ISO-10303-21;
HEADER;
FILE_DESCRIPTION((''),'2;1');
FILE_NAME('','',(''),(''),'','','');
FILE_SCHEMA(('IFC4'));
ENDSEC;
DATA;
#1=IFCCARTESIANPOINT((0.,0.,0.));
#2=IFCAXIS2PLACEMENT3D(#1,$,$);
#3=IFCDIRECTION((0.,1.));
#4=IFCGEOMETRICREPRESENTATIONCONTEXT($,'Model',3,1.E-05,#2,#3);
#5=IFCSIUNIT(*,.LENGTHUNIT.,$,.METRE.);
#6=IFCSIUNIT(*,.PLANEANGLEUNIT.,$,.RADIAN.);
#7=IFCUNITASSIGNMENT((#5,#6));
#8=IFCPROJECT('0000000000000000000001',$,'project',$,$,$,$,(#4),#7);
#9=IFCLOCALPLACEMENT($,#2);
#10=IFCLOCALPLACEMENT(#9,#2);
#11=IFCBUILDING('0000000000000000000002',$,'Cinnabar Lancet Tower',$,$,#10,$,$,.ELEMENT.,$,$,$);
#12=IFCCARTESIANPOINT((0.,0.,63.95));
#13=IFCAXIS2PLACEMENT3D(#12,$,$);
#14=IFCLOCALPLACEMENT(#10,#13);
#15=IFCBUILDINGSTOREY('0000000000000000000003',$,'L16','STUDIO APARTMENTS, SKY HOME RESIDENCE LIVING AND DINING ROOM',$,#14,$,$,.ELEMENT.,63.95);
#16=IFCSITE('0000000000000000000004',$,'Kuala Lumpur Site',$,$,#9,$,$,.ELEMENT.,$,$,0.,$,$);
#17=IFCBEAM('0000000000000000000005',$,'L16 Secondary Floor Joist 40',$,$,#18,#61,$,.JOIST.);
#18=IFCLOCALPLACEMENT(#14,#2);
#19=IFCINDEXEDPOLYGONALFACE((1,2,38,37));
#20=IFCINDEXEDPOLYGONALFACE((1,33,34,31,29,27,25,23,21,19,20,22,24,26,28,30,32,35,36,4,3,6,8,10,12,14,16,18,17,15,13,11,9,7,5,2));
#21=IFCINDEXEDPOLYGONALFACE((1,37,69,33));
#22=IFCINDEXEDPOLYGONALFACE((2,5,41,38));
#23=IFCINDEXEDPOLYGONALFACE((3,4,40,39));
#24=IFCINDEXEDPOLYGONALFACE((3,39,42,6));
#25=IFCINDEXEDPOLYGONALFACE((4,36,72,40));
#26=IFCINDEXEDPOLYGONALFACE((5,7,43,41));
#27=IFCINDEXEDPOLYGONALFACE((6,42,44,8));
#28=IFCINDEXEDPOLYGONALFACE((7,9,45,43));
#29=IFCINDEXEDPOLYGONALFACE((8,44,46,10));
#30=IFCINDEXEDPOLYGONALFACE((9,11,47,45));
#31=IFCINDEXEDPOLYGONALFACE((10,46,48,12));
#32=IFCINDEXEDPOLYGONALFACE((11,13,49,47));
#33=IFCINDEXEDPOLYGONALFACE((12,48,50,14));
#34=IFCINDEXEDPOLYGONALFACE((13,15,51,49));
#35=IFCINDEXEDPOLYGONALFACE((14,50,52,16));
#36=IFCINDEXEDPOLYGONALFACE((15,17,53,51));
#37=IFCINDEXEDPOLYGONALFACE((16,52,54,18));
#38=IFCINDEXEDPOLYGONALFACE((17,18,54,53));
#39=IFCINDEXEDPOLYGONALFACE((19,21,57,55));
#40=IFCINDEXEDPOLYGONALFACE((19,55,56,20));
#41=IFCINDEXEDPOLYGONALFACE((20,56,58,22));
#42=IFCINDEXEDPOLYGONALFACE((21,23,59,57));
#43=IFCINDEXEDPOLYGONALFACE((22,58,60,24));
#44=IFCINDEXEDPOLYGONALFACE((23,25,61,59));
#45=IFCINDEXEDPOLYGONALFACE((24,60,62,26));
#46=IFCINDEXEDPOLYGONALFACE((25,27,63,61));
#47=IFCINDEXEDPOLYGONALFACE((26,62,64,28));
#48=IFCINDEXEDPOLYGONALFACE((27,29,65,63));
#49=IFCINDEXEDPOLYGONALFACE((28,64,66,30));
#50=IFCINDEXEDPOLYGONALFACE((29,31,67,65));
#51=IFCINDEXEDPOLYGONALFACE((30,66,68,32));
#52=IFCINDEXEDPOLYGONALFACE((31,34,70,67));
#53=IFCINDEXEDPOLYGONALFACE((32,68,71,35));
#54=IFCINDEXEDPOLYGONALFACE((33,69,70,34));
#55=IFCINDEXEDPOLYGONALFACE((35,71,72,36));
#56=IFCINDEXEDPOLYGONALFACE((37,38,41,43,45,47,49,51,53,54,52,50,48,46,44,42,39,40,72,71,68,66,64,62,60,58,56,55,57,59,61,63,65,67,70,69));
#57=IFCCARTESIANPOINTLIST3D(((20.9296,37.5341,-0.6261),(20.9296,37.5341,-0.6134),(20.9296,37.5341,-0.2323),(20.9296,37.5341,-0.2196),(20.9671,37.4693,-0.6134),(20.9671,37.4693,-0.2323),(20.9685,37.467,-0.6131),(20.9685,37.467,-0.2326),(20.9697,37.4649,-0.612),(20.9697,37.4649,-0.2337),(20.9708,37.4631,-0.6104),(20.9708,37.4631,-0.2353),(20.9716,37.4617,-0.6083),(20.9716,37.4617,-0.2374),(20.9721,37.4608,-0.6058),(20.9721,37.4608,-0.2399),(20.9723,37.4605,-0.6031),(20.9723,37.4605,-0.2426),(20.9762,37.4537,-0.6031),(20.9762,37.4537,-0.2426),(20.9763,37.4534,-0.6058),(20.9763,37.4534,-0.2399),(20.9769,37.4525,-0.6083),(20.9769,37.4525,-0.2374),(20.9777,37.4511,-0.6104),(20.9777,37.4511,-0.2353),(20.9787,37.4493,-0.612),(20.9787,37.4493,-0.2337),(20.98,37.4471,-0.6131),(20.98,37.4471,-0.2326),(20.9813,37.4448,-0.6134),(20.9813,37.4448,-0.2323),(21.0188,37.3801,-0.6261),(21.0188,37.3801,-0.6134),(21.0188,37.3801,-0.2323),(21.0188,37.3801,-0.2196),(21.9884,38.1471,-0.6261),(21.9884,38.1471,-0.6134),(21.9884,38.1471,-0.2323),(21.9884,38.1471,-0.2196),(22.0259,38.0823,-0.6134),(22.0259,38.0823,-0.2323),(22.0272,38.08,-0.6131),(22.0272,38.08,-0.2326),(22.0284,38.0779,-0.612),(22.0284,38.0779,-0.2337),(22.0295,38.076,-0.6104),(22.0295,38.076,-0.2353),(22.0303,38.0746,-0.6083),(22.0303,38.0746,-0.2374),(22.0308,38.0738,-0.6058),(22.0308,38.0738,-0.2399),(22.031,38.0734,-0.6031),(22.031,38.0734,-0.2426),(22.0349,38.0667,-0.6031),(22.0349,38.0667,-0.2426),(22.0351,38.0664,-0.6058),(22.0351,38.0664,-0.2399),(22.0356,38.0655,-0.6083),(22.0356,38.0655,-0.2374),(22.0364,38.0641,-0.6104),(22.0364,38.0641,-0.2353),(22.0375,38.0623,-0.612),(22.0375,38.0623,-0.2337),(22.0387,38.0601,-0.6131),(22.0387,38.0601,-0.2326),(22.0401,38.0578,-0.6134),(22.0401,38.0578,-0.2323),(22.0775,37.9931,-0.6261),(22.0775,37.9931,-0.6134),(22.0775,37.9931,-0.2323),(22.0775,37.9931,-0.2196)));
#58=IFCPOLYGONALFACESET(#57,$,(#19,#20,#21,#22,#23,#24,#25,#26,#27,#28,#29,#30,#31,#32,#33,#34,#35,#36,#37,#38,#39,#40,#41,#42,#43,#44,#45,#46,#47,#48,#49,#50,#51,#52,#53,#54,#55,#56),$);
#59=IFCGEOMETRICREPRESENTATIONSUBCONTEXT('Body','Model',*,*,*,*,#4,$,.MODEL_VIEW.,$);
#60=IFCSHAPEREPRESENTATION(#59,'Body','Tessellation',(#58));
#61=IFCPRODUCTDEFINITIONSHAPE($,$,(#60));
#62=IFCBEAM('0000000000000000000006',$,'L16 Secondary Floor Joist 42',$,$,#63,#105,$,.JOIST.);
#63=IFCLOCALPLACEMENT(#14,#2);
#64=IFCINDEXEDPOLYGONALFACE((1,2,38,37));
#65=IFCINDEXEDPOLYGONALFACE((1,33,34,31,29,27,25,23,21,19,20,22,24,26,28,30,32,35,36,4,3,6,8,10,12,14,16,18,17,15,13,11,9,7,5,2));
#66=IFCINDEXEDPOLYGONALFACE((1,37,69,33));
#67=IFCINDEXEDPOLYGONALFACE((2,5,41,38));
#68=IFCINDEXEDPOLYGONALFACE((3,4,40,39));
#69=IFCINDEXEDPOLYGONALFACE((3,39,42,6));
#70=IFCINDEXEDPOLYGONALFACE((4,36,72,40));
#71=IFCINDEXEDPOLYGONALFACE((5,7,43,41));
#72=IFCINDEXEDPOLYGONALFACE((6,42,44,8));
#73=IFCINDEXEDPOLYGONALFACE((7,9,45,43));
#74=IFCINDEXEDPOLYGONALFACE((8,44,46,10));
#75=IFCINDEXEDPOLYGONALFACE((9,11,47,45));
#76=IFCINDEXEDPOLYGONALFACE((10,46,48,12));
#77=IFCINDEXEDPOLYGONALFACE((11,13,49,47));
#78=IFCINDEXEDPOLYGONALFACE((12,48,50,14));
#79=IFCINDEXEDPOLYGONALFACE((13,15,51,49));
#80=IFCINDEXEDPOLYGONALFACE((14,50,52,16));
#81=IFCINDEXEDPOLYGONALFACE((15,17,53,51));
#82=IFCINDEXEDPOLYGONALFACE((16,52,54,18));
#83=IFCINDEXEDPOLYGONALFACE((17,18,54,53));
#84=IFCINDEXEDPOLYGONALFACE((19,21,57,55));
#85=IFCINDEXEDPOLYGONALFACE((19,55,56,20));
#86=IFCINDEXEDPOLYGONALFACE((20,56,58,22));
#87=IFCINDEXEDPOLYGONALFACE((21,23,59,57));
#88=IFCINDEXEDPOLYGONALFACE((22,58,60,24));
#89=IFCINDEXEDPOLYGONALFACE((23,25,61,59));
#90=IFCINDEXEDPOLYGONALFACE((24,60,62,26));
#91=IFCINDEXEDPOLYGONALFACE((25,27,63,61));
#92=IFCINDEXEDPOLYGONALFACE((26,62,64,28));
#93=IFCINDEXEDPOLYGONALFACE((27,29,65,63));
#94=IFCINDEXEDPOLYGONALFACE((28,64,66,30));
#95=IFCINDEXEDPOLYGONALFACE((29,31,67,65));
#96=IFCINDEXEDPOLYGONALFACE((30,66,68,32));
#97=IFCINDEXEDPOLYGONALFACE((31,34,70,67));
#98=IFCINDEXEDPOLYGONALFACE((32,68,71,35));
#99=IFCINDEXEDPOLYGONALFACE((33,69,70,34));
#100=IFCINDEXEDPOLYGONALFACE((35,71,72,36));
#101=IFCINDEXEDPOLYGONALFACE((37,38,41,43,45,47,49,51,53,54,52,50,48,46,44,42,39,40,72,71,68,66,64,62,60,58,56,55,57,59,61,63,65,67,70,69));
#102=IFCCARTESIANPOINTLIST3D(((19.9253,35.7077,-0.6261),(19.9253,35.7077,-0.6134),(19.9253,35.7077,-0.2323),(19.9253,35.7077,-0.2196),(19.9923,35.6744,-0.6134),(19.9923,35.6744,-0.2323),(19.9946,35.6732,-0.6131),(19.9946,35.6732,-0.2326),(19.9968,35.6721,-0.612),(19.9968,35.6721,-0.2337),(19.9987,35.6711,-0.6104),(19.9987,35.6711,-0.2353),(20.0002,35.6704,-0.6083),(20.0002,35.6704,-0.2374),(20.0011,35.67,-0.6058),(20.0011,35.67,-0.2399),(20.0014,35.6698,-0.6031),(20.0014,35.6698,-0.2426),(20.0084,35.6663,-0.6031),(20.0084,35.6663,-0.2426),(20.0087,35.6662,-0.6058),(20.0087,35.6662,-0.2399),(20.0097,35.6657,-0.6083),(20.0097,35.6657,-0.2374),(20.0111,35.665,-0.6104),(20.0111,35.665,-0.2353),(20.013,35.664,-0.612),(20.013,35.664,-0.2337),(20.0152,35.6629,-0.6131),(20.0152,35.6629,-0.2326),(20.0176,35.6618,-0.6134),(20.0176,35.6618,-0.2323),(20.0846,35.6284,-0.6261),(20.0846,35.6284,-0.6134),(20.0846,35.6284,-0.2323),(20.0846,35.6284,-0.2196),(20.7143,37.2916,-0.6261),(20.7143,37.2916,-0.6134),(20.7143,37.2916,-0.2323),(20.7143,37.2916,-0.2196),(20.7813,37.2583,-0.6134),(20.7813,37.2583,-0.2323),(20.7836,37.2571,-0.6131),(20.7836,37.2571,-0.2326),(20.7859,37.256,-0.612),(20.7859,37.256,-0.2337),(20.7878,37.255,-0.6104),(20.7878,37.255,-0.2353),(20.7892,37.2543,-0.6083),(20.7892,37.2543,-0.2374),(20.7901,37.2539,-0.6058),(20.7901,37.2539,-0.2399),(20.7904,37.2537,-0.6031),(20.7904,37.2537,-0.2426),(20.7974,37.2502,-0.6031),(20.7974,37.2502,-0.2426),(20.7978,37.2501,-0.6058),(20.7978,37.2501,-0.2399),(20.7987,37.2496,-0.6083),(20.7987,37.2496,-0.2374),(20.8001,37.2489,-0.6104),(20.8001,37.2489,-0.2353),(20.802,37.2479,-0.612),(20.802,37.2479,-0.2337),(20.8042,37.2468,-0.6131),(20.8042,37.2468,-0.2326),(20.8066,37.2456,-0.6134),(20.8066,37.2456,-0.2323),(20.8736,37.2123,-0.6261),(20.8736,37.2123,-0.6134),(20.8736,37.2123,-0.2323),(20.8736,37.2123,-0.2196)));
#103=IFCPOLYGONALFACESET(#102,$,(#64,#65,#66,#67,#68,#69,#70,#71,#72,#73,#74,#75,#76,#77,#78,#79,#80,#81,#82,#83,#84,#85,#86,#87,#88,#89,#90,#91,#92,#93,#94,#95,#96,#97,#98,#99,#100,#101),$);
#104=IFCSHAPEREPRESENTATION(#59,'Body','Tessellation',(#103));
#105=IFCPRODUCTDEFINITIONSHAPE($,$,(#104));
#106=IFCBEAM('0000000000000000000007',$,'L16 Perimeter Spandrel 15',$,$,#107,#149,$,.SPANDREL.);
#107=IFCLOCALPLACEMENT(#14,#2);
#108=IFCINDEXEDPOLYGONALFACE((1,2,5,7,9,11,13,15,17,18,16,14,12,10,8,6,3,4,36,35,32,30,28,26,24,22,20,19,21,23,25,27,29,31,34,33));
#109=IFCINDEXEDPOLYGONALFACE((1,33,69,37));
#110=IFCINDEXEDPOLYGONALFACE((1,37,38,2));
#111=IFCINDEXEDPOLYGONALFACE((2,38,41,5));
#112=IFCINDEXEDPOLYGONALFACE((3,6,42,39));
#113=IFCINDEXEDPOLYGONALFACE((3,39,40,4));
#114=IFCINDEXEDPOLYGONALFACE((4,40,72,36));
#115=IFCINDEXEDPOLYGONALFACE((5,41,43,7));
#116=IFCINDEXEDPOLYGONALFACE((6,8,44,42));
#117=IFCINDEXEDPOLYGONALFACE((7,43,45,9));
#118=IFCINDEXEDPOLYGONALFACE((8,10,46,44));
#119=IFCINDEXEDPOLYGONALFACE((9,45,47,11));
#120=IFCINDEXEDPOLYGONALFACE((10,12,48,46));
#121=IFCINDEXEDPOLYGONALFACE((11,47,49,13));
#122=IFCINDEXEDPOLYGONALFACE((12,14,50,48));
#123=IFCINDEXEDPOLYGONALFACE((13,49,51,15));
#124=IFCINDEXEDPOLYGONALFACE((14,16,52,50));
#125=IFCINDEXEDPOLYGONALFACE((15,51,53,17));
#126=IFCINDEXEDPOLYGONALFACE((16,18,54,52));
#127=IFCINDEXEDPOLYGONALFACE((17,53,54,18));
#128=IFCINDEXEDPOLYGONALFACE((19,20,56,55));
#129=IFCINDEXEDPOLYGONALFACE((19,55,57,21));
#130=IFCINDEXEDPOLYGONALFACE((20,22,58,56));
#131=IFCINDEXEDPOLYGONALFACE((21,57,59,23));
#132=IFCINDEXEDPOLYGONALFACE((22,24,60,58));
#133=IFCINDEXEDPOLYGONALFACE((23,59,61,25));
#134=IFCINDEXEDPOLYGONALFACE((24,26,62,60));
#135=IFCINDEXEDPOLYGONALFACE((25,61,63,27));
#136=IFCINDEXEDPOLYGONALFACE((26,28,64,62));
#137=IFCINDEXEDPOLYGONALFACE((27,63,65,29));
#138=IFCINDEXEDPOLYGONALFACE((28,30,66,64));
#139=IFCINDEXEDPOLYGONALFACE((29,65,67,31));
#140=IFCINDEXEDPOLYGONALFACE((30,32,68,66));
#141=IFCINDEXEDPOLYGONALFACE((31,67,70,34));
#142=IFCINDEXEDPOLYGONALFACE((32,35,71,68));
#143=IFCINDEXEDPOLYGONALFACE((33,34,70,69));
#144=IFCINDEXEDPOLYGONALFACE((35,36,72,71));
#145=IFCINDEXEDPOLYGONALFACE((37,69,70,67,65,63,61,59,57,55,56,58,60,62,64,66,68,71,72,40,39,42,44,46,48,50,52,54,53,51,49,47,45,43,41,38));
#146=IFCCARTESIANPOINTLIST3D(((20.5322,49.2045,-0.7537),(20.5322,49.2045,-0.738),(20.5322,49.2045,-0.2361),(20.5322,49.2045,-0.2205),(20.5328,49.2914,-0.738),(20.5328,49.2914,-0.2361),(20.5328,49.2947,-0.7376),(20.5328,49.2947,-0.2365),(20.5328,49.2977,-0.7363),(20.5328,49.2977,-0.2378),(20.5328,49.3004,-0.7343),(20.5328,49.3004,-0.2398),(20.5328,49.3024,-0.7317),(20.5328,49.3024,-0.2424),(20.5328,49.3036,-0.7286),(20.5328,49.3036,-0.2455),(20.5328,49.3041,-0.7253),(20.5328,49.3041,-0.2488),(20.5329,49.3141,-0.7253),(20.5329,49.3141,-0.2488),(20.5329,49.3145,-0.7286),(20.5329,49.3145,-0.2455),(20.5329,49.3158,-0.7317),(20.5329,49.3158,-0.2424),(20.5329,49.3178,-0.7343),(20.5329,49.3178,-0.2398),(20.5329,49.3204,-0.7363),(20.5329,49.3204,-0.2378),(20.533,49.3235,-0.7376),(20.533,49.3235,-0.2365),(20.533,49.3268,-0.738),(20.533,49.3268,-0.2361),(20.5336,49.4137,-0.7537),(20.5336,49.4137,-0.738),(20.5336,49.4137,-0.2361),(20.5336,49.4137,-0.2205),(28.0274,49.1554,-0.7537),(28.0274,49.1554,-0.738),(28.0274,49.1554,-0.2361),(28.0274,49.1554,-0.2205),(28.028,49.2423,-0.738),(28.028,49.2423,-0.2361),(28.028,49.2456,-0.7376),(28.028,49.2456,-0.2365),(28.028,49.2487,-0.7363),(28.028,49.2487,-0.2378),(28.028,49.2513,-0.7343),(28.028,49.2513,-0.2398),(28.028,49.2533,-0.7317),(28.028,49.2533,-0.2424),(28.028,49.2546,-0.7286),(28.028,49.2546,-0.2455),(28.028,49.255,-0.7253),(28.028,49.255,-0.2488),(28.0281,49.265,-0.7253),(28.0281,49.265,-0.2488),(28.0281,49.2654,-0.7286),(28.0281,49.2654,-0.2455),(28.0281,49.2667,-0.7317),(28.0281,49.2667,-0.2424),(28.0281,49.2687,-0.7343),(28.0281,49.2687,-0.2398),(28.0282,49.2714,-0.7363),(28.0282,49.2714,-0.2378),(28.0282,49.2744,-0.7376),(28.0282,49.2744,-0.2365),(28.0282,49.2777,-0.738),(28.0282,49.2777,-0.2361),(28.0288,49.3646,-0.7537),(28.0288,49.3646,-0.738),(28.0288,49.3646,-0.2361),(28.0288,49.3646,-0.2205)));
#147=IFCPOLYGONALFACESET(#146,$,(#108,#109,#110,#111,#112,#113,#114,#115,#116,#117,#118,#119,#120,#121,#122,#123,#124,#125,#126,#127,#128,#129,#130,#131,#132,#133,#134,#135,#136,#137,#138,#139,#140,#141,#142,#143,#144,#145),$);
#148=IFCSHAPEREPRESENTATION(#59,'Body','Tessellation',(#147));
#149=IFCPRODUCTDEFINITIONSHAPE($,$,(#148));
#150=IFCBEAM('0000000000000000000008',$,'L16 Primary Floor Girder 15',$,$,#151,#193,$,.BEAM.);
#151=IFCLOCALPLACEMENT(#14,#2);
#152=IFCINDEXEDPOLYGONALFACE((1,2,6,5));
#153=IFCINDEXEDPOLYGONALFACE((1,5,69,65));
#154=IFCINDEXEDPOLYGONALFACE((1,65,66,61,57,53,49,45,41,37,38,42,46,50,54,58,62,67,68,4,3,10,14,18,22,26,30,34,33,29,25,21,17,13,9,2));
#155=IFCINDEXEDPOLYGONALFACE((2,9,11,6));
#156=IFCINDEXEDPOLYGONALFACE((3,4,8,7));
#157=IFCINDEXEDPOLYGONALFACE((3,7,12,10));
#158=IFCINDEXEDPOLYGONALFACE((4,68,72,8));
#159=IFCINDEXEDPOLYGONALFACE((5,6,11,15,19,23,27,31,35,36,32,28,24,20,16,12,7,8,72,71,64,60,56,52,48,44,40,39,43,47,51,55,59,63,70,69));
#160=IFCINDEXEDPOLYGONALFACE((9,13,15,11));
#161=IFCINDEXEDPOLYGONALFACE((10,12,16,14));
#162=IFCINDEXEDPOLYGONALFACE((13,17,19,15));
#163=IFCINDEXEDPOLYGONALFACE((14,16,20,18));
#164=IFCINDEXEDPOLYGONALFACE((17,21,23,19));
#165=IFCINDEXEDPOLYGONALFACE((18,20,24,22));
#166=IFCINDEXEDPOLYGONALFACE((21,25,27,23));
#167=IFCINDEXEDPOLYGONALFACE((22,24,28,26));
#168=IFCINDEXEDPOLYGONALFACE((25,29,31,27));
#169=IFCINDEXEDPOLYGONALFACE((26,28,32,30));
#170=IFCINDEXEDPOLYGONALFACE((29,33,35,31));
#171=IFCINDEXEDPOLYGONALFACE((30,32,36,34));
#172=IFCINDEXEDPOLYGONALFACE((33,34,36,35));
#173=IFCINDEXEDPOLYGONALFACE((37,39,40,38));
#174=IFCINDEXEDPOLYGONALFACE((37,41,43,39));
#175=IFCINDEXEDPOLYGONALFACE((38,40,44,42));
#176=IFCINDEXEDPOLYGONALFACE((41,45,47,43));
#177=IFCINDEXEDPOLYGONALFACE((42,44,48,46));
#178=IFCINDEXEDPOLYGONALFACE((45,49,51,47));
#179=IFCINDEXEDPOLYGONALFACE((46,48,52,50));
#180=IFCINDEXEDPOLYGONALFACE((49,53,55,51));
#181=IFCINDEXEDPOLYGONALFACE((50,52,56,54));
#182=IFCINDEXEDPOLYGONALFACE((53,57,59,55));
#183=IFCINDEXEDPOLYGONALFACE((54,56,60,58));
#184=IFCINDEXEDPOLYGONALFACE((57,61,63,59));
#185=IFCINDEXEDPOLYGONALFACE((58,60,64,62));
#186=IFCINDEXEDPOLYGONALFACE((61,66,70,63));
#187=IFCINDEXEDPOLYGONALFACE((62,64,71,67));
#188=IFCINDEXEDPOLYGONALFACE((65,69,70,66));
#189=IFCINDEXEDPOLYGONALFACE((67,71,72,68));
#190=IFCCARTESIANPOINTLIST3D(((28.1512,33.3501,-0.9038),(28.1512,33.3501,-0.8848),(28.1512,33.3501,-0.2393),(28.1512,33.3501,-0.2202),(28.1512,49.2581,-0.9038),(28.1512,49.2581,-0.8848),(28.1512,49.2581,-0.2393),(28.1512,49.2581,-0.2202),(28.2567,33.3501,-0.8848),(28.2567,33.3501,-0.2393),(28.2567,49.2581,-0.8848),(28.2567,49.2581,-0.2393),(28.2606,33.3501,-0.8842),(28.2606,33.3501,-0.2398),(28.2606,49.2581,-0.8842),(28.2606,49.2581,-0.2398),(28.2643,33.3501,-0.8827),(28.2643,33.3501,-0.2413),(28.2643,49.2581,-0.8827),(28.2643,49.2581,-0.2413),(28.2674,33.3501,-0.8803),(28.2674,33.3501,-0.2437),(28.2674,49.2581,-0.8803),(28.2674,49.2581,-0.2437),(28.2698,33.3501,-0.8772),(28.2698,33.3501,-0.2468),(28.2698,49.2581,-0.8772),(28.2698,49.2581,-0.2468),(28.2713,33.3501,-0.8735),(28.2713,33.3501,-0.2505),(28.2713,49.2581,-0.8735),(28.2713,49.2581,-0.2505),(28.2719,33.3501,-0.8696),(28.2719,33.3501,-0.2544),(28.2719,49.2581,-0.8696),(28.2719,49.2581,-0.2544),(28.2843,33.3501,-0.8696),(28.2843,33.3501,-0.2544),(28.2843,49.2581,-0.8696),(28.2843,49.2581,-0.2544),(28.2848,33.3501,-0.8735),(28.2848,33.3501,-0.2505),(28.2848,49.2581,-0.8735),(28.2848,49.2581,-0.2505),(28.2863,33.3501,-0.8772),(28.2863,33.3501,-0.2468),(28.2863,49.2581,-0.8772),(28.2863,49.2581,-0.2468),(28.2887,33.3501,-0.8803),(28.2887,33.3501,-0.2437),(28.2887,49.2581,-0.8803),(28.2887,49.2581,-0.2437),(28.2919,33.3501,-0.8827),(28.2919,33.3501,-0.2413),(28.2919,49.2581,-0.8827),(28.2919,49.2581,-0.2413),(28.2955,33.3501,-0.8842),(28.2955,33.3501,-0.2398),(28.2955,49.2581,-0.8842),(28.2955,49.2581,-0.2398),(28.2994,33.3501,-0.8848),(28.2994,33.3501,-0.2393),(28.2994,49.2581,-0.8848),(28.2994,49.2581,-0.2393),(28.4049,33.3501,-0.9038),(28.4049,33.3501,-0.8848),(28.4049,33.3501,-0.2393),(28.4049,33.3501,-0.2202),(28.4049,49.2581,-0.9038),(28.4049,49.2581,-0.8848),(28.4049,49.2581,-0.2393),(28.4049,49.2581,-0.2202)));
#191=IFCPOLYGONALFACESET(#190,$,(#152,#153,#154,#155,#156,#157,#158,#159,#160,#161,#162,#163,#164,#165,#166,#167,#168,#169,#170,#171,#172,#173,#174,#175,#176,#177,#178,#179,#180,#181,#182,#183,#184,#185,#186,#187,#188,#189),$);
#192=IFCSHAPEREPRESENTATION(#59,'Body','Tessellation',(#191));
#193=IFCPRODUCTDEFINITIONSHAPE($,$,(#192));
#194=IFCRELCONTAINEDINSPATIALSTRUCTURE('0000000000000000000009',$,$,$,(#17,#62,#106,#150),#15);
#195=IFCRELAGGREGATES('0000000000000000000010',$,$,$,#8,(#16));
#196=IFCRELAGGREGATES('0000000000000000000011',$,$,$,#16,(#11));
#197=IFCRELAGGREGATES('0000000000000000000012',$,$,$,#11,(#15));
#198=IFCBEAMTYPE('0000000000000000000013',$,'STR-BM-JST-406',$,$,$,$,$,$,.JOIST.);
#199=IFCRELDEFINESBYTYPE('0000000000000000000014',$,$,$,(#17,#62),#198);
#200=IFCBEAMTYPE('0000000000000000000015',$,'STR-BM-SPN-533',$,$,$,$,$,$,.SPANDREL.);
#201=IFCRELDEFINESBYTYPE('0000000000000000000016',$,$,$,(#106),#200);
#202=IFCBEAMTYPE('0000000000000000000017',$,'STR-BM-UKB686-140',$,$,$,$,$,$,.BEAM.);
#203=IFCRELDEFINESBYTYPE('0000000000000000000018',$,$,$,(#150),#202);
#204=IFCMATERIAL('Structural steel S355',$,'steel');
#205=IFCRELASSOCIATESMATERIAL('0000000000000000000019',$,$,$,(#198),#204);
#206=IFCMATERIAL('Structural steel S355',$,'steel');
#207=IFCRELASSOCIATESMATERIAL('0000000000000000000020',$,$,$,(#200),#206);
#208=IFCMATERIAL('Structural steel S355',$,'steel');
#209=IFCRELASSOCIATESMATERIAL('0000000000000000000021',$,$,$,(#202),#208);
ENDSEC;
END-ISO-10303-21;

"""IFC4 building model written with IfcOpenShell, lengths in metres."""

from ifc_helpers import new_model, si_unit, direction, frame, origin, origin_2d, place, context, subcontext, project, spatial, i_section, extrude, material, material_profile, profile_set, type_object, element, save


model = new_model("IFC4")

# Units and contexts
model_context = context("Model", 3, precision=1e-05, world=origin(), true_north=direction((0.0, 1.0)))
body_context = subcontext(model_context, "Body", "Model", "MODEL_VIEW")
ifc_project = project(units=[si_unit("LENGTHUNIT", "METRE"), si_unit("PLANEANGLEUNIT", "RADIAN")], contexts=[model_context])

# Site, building, storey
site_placement = place(None, origin())
site = spatial("IfcSite", under=ifc_project, at=site_placement, Name="Kuala Lumpur Site", CompositionType="ELEMENT", RefElevation=0.0)
building_placement = place(site_placement, origin())
building = spatial("IfcBuilding", under=site, at=building_placement, Name="Cinnabar Lancet Tower", CompositionType="ELEMENT")
storey_placement = place(building_placement, frame((0.0, 0.0, 63.95)))
storey = spatial("IfcBuildingStorey", under=building, at=storey_placement, Name="L16", Description="STUDIO APARTMENTS, SKY HOME RESIDENCE LIVING AND DINING ROOM", CompositionType="ELEMENT", Elevation=63.95)

# Beams
ifc_material_1 = material(Name="Structural steel S355", Category="steel")
ifc_material_profile_1 = material_profile(ifc_material_1, i_section(OverallWidth=0.178, OverallDepth=0.4065, WebThickness=0.0078, FlangeThickness=0.0127, FilletRadius=0.0103, at=origin_2d()), Name="UKB 406x178x60")
ifc_profile_set_1 = profile_set([ifc_material_profile_1], Name="Structural steel S355")
beam_type_1 = type_object("IfcBeamType", Name="STR-BM-JST-406", PredefinedType="JOIST", material=ifc_profile_set_1)
beam_1_placement = place(storey_placement, frame((22.033, 38.0701, -0.4229), z_axis=(-0.865417, -0.501052, 0.0), x_axis=(0.501052, -0.865417, 0.0)))
element("IfcBeam", 1, at=beam_1_placement, inside=storey, type_object=beam_type_1, Name="L16 Secondary Floor Joist 40", PredefinedType="JOIST", context=body_context, shape_type="SweptSolid", body=[
    extrude(i_section(OverallWidth=0.178, OverallDepth=0.4065, WebThickness=0.0078, FlangeThickness=0.0127, FilletRadius=0.0103, at=origin_2d()), origin(), (0.0, 0.0, 1.0), 1.2234),
])
beam_2_placement = place(storey_placement, frame((20.7939, 37.252, -0.4229), z_axis=(-0.445889, -0.895088, 0.0), x_axis=(0.895088, -0.445889, 0.0)))
element("IfcBeam", 2, at=beam_2_placement, inside=storey, type_object=beam_type_1, Name="L16 Secondary Floor Joist 42", PredefinedType="JOIST", context=body_context, shape_type="SweptSolid", body=[
    extrude(i_section(OverallWidth=0.178, OverallDepth=0.4065, WebThickness=0.0078, FlangeThickness=0.0127, FilletRadius=0.0103, at=origin_2d()), origin(), (0.0, 0.0, 1.0), 1.7695),
])
ifc_material_2 = material(Name="Structural steel S355", Category="steel")
ifc_material_profile_2 = material_profile(ifc_material_2, i_section(OverallWidth=0.2092, OverallDepth=0.5332, WebThickness=0.01, FlangeThickness=0.0156, FilletRadius=0.0127, at=origin_2d()), Name="UKB 533x210x92")
ifc_profile_set_2 = profile_set([ifc_material_profile_2], Name="Structural steel S355")
beam_type_2 = type_object("IfcBeamType", Name="STR-BM-SPN-533", PredefinedType="SPANDREL", material=ifc_profile_set_2)
beam_3_placement = place(storey_placement, frame((28.0281, 49.26, -0.4871), z_axis=(-0.999979, 0.006547, 0.0), x_axis=(-0.006547, -0.999979, 0.0)))
element("IfcBeam", 3, at=beam_3_placement, inside=storey, type_object=beam_type_2, Name="L16 Perimeter Spandrel 15", PredefinedType="SPANDREL", context=body_context, shape_type="SweptSolid", body=[
    extrude(i_section(OverallWidth=0.2092, OverallDepth=0.5332, WebThickness=0.01, FlangeThickness=0.0156, FilletRadius=0.0127, at=origin_2d()), origin(), (0.0, 0.0, 1.0), 7.4954),
])
ifc_material_3 = material(Name="Structural steel S355", Category="steel")
ifc_material_profile_3 = material_profile(ifc_material_3, i_section(OverallWidth=0.2537, OverallDepth=0.6836, WebThickness=0.0125, FlangeThickness=0.019, FilletRadius=0.0151, at=origin_2d()), Name="UKB 686x254x140")
ifc_profile_set_3 = profile_set([ifc_material_profile_3], Name="Structural steel S355")
beam_type_3 = type_object("IfcBeamType", Name="STR-BM-UKB686-140", PredefinedType="BEAM", material=ifc_profile_set_3)
beam_4_placement = place(storey_placement, frame((28.2781, 49.2581, -0.562), z_axis=(0.0, -1.0, 0.0), x_axis=(1.0, 0.0, 0.0)))
element("IfcBeam", 4, at=beam_4_placement, inside=storey, type_object=beam_type_3, Name="L16 Primary Floor Girder 15", PredefinedType="BEAM", context=body_context, shape_type="SweptSolid", body=[
    extrude(i_section(OverallWidth=0.2537, OverallDepth=0.6836, WebThickness=0.0125, FlangeThickness=0.019, FilletRadius=0.0151, at=origin_2d()), origin(), (0.0, 0.0, 1.0), 15.908),
])

save(model, "model.ifc")
